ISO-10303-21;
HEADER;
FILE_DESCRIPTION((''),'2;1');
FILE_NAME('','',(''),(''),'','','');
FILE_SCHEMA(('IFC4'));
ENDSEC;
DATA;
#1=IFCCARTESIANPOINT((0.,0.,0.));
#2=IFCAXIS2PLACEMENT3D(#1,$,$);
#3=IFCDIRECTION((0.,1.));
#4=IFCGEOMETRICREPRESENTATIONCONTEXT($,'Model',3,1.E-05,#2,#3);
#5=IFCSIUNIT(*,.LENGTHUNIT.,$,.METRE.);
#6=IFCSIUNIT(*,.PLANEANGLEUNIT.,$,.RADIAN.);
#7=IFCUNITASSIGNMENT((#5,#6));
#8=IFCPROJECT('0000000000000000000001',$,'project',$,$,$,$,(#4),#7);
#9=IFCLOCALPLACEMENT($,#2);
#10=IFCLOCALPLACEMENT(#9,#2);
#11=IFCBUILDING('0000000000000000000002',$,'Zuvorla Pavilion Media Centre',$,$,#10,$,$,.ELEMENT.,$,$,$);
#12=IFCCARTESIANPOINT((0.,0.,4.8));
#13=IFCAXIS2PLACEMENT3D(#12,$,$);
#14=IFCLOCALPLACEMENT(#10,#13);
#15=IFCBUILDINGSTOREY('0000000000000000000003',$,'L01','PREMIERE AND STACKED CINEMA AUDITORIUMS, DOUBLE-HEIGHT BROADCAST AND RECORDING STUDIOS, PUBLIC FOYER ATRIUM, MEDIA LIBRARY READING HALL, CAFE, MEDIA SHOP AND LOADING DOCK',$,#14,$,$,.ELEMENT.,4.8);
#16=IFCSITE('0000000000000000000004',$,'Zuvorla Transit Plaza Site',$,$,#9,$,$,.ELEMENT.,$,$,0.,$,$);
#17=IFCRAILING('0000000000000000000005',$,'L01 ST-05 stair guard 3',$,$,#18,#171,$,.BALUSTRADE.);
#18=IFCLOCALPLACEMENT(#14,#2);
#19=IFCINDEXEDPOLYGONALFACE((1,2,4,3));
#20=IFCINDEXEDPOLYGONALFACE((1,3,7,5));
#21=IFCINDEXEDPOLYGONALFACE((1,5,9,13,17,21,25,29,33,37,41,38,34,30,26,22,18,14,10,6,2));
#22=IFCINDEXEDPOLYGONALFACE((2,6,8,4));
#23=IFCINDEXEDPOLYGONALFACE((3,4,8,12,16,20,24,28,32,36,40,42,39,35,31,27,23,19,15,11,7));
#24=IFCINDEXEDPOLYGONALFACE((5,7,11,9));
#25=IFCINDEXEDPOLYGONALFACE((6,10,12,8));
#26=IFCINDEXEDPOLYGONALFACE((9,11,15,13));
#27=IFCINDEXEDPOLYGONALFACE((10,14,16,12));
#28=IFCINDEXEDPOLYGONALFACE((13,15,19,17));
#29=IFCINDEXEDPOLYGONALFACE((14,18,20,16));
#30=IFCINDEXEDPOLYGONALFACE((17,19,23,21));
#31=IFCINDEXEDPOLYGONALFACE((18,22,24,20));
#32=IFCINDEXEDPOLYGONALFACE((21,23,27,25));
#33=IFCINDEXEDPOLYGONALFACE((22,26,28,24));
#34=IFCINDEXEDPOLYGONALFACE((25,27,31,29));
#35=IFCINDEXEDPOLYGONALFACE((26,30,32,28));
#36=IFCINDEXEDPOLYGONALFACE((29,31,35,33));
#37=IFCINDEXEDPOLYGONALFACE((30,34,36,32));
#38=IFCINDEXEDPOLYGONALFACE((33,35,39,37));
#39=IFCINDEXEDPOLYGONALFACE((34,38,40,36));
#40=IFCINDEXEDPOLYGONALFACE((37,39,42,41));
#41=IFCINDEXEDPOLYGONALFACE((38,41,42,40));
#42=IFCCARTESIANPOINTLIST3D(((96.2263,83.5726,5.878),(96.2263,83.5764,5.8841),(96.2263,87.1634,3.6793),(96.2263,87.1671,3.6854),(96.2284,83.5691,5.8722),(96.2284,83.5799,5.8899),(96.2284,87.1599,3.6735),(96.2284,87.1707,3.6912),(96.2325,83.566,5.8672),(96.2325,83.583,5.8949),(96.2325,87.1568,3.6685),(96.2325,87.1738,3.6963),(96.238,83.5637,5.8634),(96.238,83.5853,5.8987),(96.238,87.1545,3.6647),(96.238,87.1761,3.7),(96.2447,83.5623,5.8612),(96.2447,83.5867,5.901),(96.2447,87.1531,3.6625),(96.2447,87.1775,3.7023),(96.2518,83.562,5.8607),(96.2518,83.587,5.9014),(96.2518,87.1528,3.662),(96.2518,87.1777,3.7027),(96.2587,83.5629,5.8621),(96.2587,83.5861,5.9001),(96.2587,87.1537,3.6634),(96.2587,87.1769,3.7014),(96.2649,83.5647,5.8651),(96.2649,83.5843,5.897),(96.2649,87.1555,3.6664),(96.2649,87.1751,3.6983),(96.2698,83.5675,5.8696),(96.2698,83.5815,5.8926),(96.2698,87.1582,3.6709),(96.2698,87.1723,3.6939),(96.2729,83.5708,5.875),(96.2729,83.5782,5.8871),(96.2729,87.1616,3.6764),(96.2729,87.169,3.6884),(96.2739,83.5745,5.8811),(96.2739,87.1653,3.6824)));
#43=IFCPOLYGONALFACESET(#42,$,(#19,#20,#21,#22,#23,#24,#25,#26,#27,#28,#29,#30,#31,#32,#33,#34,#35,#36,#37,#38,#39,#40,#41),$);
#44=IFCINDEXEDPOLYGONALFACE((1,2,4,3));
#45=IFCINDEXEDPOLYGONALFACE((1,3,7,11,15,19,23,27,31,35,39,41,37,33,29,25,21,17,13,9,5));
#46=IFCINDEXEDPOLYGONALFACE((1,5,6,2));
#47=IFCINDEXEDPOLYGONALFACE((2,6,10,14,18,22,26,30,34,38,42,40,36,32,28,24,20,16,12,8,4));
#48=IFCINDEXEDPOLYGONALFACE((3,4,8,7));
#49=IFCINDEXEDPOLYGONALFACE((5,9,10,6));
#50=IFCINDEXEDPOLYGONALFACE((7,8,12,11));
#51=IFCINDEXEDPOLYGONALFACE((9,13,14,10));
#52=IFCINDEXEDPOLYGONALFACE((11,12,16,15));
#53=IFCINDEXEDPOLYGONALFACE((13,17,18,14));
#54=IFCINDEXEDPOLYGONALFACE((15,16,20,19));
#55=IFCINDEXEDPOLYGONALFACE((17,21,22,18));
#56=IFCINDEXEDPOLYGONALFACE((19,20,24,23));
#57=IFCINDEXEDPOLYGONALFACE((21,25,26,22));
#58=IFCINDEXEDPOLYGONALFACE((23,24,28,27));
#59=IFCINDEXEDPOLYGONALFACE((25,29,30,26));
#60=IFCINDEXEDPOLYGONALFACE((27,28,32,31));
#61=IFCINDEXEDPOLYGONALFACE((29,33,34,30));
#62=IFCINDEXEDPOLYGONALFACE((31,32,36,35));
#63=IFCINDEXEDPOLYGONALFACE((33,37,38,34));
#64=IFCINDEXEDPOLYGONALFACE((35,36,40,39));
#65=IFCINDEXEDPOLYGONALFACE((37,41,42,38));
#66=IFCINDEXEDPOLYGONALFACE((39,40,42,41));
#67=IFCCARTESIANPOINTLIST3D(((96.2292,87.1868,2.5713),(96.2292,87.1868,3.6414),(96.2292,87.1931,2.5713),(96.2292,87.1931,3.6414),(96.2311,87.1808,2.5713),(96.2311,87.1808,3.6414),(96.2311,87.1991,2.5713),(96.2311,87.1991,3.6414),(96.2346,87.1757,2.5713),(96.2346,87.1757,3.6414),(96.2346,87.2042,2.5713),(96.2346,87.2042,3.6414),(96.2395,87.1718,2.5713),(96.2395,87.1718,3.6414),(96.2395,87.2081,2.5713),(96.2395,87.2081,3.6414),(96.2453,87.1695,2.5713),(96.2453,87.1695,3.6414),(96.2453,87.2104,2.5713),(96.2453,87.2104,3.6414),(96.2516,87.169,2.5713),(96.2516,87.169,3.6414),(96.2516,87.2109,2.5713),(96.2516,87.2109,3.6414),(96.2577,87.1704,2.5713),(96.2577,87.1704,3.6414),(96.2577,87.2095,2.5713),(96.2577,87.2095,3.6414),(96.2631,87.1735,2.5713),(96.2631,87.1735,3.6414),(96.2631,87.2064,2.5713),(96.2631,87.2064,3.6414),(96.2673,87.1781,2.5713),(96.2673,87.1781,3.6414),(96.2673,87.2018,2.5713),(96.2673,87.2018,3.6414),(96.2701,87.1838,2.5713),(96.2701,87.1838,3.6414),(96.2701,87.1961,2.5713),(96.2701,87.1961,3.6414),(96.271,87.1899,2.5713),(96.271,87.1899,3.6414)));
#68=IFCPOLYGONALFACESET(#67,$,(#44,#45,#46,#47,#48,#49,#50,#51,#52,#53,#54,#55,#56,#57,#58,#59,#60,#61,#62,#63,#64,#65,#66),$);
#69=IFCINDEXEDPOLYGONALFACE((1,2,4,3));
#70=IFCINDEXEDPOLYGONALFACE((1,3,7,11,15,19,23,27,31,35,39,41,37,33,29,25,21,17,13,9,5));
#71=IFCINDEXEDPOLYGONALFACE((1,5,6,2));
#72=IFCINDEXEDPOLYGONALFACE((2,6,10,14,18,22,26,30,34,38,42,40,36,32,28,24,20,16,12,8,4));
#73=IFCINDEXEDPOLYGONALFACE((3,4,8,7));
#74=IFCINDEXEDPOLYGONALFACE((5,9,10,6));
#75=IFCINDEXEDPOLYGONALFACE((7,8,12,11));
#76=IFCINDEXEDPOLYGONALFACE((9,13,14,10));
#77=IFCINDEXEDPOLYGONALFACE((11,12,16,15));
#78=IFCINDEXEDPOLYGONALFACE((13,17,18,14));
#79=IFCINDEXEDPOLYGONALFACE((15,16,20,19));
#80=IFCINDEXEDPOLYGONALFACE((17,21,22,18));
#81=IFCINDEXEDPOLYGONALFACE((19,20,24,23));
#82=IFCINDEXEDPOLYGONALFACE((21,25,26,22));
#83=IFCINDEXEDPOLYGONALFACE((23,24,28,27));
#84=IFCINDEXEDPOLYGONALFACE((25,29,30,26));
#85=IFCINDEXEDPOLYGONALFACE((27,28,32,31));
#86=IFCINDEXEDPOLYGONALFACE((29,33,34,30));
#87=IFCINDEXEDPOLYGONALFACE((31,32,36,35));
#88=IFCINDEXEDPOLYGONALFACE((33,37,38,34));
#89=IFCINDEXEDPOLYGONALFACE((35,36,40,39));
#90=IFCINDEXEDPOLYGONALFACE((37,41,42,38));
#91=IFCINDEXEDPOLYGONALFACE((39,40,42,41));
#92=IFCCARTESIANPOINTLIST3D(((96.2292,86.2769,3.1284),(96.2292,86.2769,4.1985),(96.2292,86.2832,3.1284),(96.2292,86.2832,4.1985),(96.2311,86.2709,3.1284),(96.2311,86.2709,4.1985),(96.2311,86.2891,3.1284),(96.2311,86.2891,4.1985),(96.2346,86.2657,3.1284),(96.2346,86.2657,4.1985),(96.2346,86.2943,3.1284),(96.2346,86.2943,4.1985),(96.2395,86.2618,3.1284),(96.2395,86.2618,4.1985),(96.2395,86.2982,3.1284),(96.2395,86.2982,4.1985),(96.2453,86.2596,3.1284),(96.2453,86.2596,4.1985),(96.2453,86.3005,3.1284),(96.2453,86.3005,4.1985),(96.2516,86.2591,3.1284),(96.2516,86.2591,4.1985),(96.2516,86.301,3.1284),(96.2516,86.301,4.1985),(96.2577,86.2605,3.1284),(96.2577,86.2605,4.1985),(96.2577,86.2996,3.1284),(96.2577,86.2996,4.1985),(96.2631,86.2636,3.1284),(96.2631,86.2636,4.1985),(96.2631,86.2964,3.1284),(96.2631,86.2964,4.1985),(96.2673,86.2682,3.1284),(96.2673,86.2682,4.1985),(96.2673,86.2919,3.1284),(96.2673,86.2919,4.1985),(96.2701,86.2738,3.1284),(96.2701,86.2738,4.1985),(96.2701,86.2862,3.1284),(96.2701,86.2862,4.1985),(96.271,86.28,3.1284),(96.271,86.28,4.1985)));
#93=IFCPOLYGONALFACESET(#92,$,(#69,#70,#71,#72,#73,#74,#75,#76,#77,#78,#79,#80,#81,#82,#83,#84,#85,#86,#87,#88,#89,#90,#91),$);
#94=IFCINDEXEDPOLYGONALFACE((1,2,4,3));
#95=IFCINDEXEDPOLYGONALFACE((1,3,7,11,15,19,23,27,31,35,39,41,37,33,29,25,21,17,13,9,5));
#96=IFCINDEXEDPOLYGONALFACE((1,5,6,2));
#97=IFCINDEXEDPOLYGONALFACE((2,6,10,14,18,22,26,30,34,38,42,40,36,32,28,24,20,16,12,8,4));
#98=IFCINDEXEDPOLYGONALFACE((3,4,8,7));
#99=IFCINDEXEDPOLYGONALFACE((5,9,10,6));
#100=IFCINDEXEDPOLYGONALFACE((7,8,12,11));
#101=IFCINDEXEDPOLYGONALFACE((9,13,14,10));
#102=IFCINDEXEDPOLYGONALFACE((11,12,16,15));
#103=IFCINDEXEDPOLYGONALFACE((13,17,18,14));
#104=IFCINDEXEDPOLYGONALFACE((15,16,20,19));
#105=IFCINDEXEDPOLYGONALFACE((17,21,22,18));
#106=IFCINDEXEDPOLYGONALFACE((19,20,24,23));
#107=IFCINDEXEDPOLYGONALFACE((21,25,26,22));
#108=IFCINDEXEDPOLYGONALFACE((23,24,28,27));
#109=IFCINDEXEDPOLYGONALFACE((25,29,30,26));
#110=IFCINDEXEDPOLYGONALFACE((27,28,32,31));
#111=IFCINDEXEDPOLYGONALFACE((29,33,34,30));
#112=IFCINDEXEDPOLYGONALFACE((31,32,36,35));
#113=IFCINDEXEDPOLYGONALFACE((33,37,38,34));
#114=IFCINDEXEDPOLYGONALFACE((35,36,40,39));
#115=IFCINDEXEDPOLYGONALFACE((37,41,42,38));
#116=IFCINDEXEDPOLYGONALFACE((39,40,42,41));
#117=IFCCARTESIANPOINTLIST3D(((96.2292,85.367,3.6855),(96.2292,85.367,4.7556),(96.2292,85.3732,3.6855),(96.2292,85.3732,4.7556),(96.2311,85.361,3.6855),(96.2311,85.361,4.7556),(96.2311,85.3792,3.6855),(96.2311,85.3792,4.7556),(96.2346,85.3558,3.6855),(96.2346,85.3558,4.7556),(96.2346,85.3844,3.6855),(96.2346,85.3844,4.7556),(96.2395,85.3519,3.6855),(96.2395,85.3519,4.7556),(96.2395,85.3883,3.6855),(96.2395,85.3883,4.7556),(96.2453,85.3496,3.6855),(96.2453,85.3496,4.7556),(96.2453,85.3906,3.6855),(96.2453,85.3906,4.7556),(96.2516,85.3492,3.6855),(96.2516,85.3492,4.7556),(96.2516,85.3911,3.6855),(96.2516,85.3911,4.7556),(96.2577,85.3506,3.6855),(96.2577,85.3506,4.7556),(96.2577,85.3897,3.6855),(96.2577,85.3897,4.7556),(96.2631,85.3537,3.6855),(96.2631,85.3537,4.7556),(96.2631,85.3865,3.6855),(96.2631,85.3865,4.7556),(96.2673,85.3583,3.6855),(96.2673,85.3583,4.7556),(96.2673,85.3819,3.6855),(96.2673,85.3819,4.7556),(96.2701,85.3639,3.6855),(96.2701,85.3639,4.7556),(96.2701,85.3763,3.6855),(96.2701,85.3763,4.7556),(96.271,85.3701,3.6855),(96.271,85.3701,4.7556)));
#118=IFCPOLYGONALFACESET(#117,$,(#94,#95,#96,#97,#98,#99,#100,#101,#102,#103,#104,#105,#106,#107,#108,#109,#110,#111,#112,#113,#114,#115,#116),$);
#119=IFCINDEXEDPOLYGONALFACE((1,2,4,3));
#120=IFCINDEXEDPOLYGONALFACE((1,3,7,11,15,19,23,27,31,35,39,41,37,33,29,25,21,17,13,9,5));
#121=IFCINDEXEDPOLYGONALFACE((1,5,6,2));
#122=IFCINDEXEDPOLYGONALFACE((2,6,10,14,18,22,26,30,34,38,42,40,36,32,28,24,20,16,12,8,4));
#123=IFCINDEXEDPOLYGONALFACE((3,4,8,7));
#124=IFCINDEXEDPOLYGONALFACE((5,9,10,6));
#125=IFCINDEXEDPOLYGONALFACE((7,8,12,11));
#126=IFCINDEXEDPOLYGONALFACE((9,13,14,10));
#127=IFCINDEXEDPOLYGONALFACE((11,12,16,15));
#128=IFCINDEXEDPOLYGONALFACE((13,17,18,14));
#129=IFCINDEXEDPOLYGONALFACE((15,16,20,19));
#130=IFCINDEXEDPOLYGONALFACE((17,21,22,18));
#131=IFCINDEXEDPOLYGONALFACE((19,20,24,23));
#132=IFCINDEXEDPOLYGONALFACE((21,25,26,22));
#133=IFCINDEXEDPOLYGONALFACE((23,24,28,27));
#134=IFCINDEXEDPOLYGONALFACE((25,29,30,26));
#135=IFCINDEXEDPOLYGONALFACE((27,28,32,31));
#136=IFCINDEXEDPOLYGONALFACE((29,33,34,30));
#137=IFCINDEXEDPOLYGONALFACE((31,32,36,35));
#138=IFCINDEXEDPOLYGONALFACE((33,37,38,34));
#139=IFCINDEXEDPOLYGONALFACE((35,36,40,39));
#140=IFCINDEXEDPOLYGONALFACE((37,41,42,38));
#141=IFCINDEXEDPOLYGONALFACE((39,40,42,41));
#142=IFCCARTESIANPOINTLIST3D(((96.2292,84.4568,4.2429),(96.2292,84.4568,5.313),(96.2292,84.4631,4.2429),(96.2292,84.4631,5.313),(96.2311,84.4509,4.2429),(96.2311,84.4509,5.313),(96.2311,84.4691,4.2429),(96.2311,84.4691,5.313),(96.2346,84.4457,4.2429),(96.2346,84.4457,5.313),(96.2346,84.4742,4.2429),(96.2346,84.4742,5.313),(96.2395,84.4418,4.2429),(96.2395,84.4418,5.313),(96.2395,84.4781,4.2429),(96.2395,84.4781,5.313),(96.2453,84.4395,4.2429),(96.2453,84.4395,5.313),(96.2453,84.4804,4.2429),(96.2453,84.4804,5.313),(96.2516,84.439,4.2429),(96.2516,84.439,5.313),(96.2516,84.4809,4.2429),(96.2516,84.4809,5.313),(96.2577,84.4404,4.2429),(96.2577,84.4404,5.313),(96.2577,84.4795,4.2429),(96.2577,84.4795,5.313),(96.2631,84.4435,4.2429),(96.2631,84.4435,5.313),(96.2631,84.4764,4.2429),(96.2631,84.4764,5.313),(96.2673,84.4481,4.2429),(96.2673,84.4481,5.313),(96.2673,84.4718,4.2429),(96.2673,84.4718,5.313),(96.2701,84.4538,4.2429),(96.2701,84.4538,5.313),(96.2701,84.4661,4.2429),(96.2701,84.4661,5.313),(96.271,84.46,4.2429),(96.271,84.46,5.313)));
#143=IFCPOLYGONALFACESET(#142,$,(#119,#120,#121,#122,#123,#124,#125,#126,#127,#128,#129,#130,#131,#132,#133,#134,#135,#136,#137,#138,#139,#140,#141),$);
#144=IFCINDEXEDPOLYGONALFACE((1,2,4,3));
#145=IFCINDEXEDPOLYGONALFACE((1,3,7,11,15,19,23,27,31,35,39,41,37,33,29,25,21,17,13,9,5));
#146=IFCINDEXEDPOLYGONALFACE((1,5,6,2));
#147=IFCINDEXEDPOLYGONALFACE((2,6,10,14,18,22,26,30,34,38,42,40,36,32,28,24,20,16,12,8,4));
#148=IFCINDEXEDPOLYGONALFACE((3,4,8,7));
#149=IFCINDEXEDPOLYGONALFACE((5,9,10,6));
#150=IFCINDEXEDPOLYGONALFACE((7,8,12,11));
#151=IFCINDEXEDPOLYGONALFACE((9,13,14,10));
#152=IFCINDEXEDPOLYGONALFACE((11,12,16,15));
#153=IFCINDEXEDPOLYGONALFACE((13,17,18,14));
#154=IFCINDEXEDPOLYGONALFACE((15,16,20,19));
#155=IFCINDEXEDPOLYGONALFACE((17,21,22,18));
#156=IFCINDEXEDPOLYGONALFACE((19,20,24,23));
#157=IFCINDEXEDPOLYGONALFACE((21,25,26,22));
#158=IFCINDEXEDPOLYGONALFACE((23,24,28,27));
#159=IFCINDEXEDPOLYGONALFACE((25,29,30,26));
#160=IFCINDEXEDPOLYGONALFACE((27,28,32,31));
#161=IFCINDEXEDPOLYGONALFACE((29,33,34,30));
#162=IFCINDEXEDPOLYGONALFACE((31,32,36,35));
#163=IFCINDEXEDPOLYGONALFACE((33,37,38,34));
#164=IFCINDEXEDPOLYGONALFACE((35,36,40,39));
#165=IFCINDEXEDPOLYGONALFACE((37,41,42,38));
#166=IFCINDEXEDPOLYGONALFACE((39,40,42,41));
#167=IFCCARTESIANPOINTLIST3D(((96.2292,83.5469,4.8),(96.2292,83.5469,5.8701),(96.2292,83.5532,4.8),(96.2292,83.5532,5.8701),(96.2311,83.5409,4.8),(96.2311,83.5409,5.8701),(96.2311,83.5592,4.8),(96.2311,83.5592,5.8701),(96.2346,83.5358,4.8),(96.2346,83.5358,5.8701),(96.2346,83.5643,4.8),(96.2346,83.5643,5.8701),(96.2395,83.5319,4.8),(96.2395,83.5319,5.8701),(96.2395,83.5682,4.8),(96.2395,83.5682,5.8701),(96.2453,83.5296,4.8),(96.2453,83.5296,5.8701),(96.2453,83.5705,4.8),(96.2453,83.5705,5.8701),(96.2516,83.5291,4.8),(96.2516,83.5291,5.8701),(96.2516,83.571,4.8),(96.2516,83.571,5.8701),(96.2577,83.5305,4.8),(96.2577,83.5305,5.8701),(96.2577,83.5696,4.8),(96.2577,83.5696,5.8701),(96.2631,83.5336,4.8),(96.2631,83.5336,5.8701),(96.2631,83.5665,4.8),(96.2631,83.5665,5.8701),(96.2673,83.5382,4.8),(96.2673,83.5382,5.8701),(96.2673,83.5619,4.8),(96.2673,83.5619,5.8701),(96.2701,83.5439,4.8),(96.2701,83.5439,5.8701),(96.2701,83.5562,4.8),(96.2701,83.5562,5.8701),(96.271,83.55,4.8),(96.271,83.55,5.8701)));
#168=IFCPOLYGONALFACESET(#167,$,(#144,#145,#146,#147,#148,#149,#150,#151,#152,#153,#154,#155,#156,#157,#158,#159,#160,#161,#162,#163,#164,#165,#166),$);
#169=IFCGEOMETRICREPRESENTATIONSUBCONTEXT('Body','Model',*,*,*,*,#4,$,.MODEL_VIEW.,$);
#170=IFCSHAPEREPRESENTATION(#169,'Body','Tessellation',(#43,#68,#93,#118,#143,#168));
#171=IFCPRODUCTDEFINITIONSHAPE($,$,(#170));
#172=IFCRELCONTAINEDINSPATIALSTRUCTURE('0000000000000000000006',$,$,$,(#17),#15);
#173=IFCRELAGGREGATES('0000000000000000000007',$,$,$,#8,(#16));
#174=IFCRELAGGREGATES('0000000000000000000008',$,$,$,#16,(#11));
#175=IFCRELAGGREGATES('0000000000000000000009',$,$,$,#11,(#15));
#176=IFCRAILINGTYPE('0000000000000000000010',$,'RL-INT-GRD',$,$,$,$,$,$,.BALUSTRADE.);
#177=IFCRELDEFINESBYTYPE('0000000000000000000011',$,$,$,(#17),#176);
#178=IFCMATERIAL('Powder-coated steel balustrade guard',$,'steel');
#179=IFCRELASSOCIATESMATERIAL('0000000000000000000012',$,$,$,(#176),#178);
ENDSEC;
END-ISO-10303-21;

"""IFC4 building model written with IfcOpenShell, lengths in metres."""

from ifc_helpers import new_model, si_unit, direction, frame, origin, origin_2d, place, context, subcontext, project, spatial, circle, extrude, material, type_object, element, save


model = new_model("IFC4")

# Units and contexts
model_context = context("Model", 3, precision=1e-05, world=origin(), true_north=direction((0.0, 1.0)))
body_context = subcontext(model_context, "Body", "Model", "MODEL_VIEW")
ifc_project = project(units=[si_unit("LENGTHUNIT", "METRE"), si_unit("PLANEANGLEUNIT", "RADIAN")], contexts=[model_context])

# Site, building, storey
site_placement = place(None, origin())
site = spatial("IfcSite", under=ifc_project, at=site_placement, Name="Zuvorla Transit Plaza Site", CompositionType="ELEMENT", RefElevation=0.0)
building_placement = place(site_placement, origin())
building = spatial("IfcBuilding", under=site, at=building_placement, Name="Zuvorla Pavilion Media Centre", CompositionType="ELEMENT")
storey_placement = place(building_placement, frame((0.0, 0.0, 4.8)))
storey = spatial("IfcBuildingStorey", under=building, at=storey_placement, Name="L01", Description="PREMIERE AND STACKED CINEMA AUDITORIUMS, DOUBLE-HEIGHT BROADCAST AND RECORDING STUDIOS, PUBLIC FOYER ATRIUM, MEDIA LIBRARY READING HALL, CAFE, MEDIA SHOP AND LOADING DOCK", CompositionType="ELEMENT", Elevation=4.8)

# Railing
ifc_material_1 = material(Name="Powder-coated steel balustrade guard", Category="steel")
railing_type_1 = type_object("IfcRailingType", Name="RL-INT-GRD", PredefinedType="BALUSTRADE", material=ifc_material_1)
railing_1_placement = place(storey_placement, frame((96.25, 87.1899, 2.5713)))
element("IfcRailing", 1, at=railing_1_placement, inside=storey, type_object=railing_type_1, Name="L01 ST-05 stair guard 3", PredefinedType="BALUSTRADE", context=body_context, shape_type="SweptSolid", body=[
    extrude(circle(Radius=0.0239, at=origin_2d()), frame((0.0, -0.0247, 1.1111), z_axis=(0.0, -0.852825, 0.522197), x_axis=(1.0, 0.0, 0.0)), (0.0, 0.0, 1.0), 4.2104),
    extrude(circle(Radius=0.021, at=origin_2d()), origin(), (0.0, 0.0, 1.0), 1.0701),
    extrude(circle(Radius=0.021, at=origin_2d()), frame((0.0, -0.9099, 0.5571)), (0.0, 0.0, 1.0), 1.0701),
    extrude(circle(Radius=0.021, at=origin_2d()), frame((0.0, -1.8198, 1.1143)), (0.0, 0.0, 1.0), 1.0701),
    extrude(circle(Radius=0.021, at=origin_2d()), frame((0.0, -2.73, 1.6716)), (0.0, 0.0, 1.0), 1.0701),
    extrude(circle(Radius=0.021, at=origin_2d()), frame((0.0, -3.6399, 2.2288)), (0.0, 0.0, 1.0), 1.0701),
])

save(model, "model.ifc")
